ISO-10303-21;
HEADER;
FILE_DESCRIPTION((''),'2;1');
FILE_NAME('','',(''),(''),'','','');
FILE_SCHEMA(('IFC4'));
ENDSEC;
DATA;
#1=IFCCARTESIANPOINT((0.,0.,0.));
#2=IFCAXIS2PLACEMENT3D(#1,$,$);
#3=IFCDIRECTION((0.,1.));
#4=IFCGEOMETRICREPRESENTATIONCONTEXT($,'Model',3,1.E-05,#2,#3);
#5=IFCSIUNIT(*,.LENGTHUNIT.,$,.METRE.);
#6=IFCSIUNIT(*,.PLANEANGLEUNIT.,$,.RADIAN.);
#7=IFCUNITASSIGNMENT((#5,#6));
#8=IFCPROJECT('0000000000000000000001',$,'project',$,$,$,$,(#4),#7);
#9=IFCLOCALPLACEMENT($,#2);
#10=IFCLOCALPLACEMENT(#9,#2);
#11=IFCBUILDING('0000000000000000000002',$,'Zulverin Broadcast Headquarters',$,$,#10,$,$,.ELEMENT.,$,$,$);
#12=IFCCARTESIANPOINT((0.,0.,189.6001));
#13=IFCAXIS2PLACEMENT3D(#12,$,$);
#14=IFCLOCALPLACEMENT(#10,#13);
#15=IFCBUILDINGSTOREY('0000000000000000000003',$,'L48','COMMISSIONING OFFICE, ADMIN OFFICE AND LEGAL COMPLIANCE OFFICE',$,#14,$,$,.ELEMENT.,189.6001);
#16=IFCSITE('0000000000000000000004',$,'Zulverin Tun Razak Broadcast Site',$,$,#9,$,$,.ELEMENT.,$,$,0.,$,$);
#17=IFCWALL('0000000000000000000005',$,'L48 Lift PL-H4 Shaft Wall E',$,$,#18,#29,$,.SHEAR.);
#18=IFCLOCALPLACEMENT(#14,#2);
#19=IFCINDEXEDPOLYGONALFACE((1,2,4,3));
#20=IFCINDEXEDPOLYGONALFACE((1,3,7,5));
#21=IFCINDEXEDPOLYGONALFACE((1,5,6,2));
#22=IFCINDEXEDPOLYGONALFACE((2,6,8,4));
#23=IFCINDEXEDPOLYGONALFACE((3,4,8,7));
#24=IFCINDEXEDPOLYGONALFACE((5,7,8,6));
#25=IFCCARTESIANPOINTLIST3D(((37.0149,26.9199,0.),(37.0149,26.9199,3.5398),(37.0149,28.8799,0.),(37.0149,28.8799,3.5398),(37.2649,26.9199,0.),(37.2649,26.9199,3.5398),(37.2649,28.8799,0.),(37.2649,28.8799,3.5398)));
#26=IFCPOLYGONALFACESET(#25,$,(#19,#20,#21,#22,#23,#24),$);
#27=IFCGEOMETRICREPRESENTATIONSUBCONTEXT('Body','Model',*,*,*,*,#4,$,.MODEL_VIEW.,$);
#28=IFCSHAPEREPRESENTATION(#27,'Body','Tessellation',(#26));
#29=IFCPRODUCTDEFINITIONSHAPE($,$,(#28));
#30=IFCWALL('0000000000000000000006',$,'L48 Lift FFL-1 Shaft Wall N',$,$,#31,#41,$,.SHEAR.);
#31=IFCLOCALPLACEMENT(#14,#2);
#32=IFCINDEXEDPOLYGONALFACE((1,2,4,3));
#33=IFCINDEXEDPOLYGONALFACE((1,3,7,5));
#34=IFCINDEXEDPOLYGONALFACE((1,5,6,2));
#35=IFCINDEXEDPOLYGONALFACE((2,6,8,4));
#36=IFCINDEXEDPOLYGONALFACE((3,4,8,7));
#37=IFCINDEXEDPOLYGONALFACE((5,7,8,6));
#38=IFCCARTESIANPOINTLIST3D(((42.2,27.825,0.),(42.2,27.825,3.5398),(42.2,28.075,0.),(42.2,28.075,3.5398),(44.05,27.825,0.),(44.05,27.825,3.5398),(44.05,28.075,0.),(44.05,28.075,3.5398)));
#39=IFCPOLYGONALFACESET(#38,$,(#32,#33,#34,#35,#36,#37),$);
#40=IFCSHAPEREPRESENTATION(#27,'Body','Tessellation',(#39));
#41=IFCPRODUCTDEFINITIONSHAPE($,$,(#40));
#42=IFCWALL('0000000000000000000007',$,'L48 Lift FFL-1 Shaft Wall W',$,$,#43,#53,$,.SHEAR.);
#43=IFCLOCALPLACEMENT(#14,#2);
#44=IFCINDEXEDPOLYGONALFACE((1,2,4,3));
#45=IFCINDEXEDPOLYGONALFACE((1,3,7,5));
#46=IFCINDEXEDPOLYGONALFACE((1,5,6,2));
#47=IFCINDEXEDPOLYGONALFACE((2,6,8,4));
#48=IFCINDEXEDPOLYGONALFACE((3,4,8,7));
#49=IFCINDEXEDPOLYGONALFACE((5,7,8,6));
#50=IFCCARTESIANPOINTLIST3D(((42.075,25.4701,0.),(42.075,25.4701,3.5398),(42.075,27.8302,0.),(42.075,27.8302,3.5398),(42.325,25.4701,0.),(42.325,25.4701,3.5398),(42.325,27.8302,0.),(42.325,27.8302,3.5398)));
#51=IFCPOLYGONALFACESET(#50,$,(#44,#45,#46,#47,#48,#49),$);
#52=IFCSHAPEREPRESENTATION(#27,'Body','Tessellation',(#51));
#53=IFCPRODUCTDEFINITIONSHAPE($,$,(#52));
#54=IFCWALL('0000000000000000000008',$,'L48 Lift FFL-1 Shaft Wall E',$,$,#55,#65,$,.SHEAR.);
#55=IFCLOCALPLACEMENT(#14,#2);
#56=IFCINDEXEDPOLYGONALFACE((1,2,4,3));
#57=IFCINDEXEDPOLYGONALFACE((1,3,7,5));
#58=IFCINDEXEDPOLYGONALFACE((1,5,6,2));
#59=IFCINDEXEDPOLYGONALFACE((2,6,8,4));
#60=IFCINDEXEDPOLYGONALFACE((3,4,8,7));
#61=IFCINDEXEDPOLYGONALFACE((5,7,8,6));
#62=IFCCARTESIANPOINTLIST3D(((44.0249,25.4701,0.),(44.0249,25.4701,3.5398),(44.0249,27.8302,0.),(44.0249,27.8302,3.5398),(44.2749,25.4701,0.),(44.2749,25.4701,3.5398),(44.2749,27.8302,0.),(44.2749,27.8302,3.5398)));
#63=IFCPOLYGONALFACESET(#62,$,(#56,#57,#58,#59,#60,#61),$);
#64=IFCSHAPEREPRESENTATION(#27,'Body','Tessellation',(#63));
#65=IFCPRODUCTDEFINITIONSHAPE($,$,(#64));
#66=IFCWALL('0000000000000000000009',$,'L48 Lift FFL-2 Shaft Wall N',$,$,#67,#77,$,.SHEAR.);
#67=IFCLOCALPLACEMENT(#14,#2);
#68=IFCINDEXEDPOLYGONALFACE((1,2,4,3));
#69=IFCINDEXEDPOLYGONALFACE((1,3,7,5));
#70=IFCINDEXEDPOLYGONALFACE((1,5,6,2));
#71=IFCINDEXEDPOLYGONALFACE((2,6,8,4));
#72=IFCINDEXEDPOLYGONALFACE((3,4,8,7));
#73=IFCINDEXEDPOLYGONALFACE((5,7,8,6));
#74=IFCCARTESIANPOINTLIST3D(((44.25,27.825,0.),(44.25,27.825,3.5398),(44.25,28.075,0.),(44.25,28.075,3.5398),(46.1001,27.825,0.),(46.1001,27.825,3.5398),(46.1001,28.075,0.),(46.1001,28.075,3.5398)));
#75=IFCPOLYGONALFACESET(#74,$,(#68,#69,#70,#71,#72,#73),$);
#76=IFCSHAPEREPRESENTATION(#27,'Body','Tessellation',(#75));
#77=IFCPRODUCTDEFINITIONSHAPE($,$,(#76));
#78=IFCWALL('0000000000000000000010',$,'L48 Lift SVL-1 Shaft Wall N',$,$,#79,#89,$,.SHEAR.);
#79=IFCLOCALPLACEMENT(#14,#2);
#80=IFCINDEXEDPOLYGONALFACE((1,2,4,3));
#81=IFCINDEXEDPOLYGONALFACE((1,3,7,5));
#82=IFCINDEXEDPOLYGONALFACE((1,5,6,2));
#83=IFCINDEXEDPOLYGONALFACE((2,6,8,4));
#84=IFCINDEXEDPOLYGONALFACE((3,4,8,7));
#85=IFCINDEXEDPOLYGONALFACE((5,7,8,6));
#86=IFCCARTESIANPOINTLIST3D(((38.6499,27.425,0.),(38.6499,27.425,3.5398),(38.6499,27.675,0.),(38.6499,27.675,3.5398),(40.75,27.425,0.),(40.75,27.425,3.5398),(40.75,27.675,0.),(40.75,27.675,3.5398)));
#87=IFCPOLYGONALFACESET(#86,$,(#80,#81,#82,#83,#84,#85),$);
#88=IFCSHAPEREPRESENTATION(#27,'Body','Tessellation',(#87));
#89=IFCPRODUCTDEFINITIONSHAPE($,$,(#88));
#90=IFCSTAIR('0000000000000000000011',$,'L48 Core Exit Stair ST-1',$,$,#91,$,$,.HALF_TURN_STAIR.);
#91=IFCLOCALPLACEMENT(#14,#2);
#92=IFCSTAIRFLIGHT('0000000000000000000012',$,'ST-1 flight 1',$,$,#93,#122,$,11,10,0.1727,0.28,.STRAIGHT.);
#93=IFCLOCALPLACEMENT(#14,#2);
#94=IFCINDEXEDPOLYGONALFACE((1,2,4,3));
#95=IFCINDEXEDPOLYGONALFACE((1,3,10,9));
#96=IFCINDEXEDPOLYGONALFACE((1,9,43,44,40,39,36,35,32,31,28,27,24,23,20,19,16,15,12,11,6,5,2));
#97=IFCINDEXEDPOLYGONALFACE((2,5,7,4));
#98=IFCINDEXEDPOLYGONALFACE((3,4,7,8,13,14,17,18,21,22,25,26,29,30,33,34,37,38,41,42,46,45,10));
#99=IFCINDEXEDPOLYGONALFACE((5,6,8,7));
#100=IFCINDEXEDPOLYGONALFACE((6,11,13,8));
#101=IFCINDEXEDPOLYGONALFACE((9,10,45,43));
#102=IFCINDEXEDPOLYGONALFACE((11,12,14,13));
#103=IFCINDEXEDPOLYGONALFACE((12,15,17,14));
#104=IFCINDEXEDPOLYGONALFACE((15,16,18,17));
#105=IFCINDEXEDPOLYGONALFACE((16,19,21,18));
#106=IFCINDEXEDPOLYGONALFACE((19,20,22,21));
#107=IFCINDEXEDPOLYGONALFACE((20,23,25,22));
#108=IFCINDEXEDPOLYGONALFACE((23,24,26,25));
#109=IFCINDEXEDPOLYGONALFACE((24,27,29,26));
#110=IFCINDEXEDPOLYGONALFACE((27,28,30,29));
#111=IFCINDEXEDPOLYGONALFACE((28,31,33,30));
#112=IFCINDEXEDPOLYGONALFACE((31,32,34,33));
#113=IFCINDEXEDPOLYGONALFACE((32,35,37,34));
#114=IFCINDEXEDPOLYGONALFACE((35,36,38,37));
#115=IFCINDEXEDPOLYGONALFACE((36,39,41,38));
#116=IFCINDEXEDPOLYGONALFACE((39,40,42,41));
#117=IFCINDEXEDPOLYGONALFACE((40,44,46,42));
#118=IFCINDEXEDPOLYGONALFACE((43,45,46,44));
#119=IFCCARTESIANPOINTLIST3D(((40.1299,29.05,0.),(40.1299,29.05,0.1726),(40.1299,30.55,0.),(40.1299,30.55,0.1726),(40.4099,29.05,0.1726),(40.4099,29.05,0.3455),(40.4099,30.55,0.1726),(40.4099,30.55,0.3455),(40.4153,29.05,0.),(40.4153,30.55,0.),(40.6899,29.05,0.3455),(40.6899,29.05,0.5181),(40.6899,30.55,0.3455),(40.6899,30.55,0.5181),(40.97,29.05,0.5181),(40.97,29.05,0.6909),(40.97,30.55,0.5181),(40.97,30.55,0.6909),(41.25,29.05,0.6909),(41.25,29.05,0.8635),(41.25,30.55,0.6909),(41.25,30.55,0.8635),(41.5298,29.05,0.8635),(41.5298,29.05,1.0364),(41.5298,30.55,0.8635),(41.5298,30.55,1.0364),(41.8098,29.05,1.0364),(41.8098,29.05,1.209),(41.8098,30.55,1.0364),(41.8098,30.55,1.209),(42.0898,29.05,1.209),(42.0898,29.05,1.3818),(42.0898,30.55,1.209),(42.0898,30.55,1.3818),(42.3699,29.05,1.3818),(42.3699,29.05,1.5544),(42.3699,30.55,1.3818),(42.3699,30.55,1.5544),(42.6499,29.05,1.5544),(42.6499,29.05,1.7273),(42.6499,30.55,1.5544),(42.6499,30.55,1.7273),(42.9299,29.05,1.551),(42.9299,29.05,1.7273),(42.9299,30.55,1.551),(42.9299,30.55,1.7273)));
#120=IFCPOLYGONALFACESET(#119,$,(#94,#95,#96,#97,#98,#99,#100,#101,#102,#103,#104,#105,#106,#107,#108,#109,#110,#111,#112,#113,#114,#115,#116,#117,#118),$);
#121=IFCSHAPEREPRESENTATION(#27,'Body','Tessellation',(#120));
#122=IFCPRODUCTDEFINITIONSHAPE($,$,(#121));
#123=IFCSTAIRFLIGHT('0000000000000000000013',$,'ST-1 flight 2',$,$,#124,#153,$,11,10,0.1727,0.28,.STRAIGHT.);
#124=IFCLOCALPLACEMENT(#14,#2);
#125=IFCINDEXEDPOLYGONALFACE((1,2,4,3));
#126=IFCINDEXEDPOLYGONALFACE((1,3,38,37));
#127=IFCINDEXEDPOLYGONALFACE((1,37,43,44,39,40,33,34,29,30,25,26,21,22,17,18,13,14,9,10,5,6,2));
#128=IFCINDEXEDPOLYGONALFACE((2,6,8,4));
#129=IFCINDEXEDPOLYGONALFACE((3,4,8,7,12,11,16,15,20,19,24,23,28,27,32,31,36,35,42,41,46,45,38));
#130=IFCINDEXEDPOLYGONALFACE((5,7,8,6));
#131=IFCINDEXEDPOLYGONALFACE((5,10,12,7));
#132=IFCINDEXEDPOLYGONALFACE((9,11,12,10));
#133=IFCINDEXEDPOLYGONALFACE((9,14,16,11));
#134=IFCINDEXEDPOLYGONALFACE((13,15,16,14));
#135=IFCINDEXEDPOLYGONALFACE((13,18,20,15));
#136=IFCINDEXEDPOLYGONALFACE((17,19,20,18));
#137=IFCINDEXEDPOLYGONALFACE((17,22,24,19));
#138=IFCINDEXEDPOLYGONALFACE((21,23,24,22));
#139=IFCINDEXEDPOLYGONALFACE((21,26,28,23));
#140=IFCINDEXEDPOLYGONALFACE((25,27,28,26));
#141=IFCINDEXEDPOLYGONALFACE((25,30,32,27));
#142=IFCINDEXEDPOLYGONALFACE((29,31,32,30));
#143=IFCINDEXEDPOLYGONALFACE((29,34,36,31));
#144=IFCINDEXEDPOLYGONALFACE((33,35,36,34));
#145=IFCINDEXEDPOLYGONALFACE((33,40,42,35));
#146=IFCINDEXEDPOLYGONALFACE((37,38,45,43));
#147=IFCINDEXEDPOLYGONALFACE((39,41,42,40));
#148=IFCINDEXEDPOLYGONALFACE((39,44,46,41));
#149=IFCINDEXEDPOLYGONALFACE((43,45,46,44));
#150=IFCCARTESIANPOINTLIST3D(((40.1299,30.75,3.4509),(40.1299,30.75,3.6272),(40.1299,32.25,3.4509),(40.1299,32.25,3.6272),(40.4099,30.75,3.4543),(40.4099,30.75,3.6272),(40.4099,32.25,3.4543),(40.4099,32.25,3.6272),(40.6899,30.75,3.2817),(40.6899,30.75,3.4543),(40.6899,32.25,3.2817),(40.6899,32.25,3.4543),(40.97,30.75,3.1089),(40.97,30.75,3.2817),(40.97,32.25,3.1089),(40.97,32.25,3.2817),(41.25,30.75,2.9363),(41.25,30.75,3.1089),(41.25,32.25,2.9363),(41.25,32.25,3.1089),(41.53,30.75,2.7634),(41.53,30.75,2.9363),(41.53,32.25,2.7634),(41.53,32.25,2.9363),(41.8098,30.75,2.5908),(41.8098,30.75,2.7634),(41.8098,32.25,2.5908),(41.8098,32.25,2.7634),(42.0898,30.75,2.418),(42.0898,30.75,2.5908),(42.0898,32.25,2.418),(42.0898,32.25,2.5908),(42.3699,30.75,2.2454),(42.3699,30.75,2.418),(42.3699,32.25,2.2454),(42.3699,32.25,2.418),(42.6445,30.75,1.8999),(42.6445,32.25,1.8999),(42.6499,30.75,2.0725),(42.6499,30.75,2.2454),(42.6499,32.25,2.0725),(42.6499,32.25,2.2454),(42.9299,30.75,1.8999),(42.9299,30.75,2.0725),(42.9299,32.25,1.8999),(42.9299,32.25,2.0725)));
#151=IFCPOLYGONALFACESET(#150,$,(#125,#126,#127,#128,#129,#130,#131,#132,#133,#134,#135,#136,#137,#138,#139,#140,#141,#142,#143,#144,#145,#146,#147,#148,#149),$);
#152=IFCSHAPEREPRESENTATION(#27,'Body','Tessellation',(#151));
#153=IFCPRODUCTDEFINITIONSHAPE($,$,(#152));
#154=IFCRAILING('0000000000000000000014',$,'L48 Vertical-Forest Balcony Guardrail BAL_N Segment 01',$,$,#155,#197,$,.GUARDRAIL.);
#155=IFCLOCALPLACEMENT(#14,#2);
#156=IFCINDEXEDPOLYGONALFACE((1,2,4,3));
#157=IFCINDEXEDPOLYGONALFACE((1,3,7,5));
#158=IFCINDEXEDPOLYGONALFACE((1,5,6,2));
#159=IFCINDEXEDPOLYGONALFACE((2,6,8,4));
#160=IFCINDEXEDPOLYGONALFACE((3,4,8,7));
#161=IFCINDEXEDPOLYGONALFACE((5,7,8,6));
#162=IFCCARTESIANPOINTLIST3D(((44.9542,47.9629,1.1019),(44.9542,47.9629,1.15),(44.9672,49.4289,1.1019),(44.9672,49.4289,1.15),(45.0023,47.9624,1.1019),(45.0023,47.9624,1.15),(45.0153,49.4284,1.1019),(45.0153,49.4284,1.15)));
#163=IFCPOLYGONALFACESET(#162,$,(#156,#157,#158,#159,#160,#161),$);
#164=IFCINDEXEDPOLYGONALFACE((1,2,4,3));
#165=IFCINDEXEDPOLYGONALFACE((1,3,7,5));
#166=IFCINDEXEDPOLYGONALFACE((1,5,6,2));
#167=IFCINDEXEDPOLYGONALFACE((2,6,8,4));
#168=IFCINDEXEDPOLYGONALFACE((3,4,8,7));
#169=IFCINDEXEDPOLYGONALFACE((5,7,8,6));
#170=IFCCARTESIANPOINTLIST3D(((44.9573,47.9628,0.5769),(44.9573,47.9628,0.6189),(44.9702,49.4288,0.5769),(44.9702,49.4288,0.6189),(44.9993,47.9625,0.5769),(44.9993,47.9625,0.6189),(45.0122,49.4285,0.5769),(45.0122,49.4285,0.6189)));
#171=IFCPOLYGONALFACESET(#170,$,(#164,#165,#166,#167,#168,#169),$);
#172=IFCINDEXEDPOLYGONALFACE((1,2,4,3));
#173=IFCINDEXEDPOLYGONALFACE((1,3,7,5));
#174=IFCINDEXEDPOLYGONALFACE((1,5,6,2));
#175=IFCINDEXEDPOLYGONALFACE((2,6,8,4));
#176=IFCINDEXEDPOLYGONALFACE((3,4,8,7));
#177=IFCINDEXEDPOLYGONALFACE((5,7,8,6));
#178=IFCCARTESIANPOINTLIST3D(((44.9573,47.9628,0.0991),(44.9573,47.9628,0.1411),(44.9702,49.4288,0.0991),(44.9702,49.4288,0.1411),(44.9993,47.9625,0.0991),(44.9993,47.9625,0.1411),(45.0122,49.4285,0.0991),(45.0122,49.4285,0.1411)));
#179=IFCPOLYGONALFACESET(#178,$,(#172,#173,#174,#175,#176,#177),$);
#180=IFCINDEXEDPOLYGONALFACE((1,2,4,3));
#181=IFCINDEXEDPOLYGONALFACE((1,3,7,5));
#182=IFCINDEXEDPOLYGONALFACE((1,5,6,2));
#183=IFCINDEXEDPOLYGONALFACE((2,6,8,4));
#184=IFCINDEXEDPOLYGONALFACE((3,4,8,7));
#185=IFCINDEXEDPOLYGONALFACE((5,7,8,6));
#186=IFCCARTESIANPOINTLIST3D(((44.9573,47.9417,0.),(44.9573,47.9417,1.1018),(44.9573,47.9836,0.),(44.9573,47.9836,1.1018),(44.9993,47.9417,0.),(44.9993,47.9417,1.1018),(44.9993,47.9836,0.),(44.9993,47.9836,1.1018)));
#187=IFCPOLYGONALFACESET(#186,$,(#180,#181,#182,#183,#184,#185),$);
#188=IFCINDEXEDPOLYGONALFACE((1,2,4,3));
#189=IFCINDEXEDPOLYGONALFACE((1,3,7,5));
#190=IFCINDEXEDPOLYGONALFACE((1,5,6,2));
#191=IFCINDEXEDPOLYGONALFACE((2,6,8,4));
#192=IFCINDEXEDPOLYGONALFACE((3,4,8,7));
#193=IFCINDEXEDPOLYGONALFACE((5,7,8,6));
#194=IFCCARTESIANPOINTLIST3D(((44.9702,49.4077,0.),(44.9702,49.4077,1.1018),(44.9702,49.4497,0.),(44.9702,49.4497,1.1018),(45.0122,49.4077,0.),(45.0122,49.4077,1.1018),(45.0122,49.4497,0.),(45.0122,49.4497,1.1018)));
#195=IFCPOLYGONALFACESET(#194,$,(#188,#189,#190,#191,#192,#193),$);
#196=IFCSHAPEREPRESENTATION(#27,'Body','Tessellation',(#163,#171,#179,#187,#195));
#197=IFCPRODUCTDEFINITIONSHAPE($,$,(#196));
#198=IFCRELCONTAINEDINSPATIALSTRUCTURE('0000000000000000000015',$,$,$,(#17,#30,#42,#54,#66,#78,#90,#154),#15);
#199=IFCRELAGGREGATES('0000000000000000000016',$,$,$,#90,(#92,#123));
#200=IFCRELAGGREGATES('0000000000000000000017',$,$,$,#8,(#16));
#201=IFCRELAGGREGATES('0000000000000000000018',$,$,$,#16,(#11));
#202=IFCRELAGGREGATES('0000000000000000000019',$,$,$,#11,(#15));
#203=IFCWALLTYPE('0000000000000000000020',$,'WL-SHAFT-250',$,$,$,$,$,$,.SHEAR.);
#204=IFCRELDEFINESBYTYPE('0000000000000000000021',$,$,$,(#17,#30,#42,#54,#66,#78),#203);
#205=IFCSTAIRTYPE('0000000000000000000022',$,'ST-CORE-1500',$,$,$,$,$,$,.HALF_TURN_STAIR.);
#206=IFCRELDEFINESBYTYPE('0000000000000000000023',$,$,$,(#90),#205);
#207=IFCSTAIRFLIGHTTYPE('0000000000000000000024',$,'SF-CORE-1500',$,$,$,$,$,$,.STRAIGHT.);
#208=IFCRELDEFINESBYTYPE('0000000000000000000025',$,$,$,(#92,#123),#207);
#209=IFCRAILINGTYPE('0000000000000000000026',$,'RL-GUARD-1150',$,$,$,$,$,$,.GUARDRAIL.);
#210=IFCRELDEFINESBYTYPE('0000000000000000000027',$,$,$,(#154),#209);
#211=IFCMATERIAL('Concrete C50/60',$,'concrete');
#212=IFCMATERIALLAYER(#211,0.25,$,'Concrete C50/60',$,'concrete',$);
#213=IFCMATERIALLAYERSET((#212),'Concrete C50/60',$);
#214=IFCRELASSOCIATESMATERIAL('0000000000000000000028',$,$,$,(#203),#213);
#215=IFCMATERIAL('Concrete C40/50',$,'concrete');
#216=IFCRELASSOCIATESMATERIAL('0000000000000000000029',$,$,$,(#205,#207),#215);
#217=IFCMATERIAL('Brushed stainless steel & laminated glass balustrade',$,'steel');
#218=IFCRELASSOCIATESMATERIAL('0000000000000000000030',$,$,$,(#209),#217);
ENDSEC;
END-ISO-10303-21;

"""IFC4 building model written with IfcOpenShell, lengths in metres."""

from ifc_helpers import new_model, si_unit, direction, frame, frame_2d, origin, origin_2d, place, context, subcontext, project, spatial, polyline, rectangle, outline, extrude, material, layer, layer_set, type_object, element, aggregate, save


model = new_model("IFC4")

# Units and contexts
model_context = context("Model", 3, precision=1e-05, world=origin(), true_north=direction((0.0, 1.0)))
body_context = subcontext(model_context, "Body", "Model", "MODEL_VIEW")
ifc_project = project(units=[si_unit("LENGTHUNIT", "METRE"), si_unit("PLANEANGLEUNIT", "RADIAN")], contexts=[model_context])

# Site, building, storey
site_placement = place(None, origin())
site = spatial("IfcSite", under=ifc_project, at=site_placement, Name="Zulverin Tun Razak Broadcast Site", CompositionType="ELEMENT", RefElevation=0.0)
building_placement = place(site_placement, origin())
building = spatial("IfcBuilding", under=site, at=building_placement, Name="Zulverin Broadcast Headquarters", CompositionType="ELEMENT")
storey_placement = place(building_placement, frame((0.0, 0.0, 189.6001)))
storey = spatial("IfcBuildingStorey", under=building, at=storey_placement, Name="L48", Description="COMMISSIONING OFFICE, ADMIN OFFICE AND LEGAL COMPLIANCE OFFICE", CompositionType="ELEMENT", Elevation=189.6001)

# Shared definitions
ifc_material_1 = material(Name="Concrete C50/60", Category="concrete")

# Shared definitions
ifc_material_2 = material(Name="Concrete C40/50", Category="concrete")

# Shared definitions
ifc_layer_1 = layer(ifc_material_1, 0.25, Name="Concrete C50/60", Category="concrete")
ifc_layer_set_1 = layer_set([ifc_layer_1], Name="Concrete C50/60")
wall_type_1 = type_object("IfcWallType", Name="WL-SHAFT-250", PredefinedType="SHEAR", material=ifc_layer_set_1)

# Walls
wall_1_placement = place(storey_placement, frame((37.1399, 26.9199, 0.0), z_axis=(0.0, 0.0, 1.0), x_axis=(0.0, 1.0, 0.0)))
element("IfcWall", 1, at=wall_1_placement, inside=storey, type_object=wall_type_1, Name="L48 Lift PL-H4 Shaft Wall E", PredefinedType="SHEAR", context=body_context, shape_type="SweptSolid", body=[
    extrude(rectangle(XDim=1.96, YDim=0.25, at=frame_2d((0.98, 0.0))), origin(), (0.0, 0.0, 1.0), 3.5398),
])
wall_2_placement = place(storey_placement, frame((42.2, 27.95, 0.0), z_axis=(0.0, 0.0, 1.0), x_axis=(1.0, 0.0, 0.0)))
element("IfcWall", 2, at=wall_2_placement, inside=storey, type_object=wall_type_1, Name="L48 Lift FFL-1 Shaft Wall N", PredefinedType="SHEAR", context=body_context, shape_type="SweptSolid", body=[
    extrude(rectangle(XDim=1.8501, YDim=0.25, at=frame_2d((0.925, 0.0))), origin(), (0.0, 0.0, 1.0), 3.5398),
])
for number, where, z_axis, x_axis, name in (
    (3, (42.2, 25.47, 0.0), (0.0, 0.0, 1.0), (0.0, 1.0, 0.0), "L48 Lift FFL-1 Shaft Wall W"),
    (4, (44.1499, 25.47, 0.0), (0.0, 0.0, 1.0), (0.0, 1.0, 0.0), "L48 Lift FFL-1 Shaft Wall E"),
):
    element("IfcWall", number, at=place(storey_placement, frame(where, z_axis=z_axis, x_axis=x_axis)), inside=storey, type_object=wall_type_1, Name=name, PredefinedType="SHEAR", context=body_context, shape_type="SweptSolid", body=[
        extrude(rectangle(XDim=2.3601, YDim=0.25, at=frame_2d((1.1802, 0.0))), origin(), (0.0, 0.0, 1.0), 3.5398),
    ])
wall_3_placement = place(storey_placement, frame((44.25, 27.95, 0.0), z_axis=(0.0, 0.0, 1.0), x_axis=(1.0, 0.0, 0.0)))
element("IfcWall", 5, at=wall_3_placement, inside=storey, type_object=wall_type_1, Name="L48 Lift FFL-2 Shaft Wall N", PredefinedType="SHEAR", context=body_context, shape_type="SweptSolid", body=[
    extrude(rectangle(XDim=1.8501, YDim=0.25, at=frame_2d((0.925, 0.0))), origin(), (0.0, 0.0, 1.0), 3.5398),
])
wall_4_placement = place(storey_placement, frame((38.6499, 27.55, 0.0), z_axis=(0.0, 0.0, 1.0), x_axis=(1.0, 0.0, 0.0)))
element("IfcWall", 6, at=wall_4_placement, inside=storey, type_object=wall_type_1, Name="L48 Lift SVL-1 Shaft Wall N", PredefinedType="SHEAR", context=body_context, shape_type="SweptSolid", body=[
    extrude(rectangle(XDim=2.1001, YDim=0.25, at=frame_2d((1.05, 0.0))), origin(), (0.0, 0.0, 1.0), 3.5398),
])

# Stair, stair flights
stair_type = type_object("IfcStairType", Name="ST-CORE-1500", PredefinedType="HALF_TURN_STAIR", material=ifc_material_2)
stair_placement = place(storey_placement, origin())
stair = element("IfcStair", 7, at=stair_placement, inside=storey, type_object=stair_type, Name="L48 Core Exit Stair ST-1", PredefinedType="HALF_TURN_STAIR")
stair_flight_type = type_object("IfcStairFlightType", Name="SF-CORE-1500", PredefinedType="STRAIGHT", material=ifc_material_2)
stair_flight_1_placement = place(storey_placement, frame((40.1299, 29.8, 0.0), z_axis=(0.0, 0.0, 1.0), x_axis=(1.0, 0.0, 0.0)))
stair_flight_1 = element("IfcStairFlight", 8, at=stair_flight_1_placement, type_object=stair_flight_type, Name="ST-1 flight 1", NumberOfRisers=11, NumberOfTreads=10, PredefinedType="STRAIGHT", RiserHeight=0.1727, TreadLength=0.28, context=body_context, shape_type="SweptSolid", body=[
    extrude(outline(polyline([(0.0, 0.0), (0.0, 0.1726), (0.28, 0.1726), (0.28, 0.3455), (0.5601, 0.3455), (0.5601, 0.5181), (0.8401, 0.5181), (0.8401, 0.6909), (1.1201, 0.6909), (1.1201, 0.8635), (1.3999, 0.8635), (1.3999, 1.0364), (1.6799, 1.0364), (1.6799, 1.209), (1.96, 1.209), (1.96, 1.3818), (2.24, 1.3818), (2.24, 1.5544), (2.52, 1.5544), (2.52, 1.7273), (2.8, 1.7273), (2.8, 1.8999), (2.8, 1.551), (0.2854, 0.0), (0.0, 0.0)])), frame((0.0, 0.75, 0.0), z_axis=(0.0, -1.0, 0.0), x_axis=(1.0, 0.0, 0.0)), (0.0, 0.0, 1.0), 1.5),
])
stair_flight_2_placement = place(storey_placement, frame((42.9299, 31.5, 1.8999), z_axis=(0.0, 0.0, 1.0), x_axis=(-1.0, 0.0, 0.0)))
stair_flight_2 = element("IfcStairFlight", 9, at=stair_flight_2_placement, type_object=stair_flight_type, Name="ST-1 flight 2", NumberOfRisers=11, NumberOfTreads=10, PredefinedType="STRAIGHT", RiserHeight=0.1727, TreadLength=0.28, context=body_context, shape_type="SweptSolid", body=[
    extrude(outline(polyline([(0.0, 0.0), (0.0, 0.1726), (0.28, 0.1726), (0.28, 0.3455), (0.5601, 0.3455), (0.5601, 0.5181), (0.8401, 0.5181), (0.8401, 0.6909), (1.1201, 0.6909), (1.1201, 0.8635), (1.3999, 0.8635), (1.3999, 1.0364), (1.6799, 1.0364), (1.6799, 1.209), (1.96, 1.209), (1.96, 1.3818), (2.24, 1.3818), (2.24, 1.5544), (2.52, 1.5544), (2.52, 1.7273), (2.8, 1.7273), (2.8, 1.8999), (2.8, 1.551), (0.2854, 0.0), (0.0, 0.0)])), frame((0.0, 0.75, 0.0), z_axis=(0.0, -1.0, 0.0), x_axis=(1.0, 0.0, 0.0)), (0.0, 0.0, 1.0), 1.5),
])
aggregate(stair, [stair_flight_1, stair_flight_2])

# Railing
ifc_material_3 = material(Name="Brushed stainless steel & laminated glass balustrade", Category="steel")
railing_type_1 = type_object("IfcRailingType", Name="RL-GUARD-1150", PredefinedType="GUARDRAIL", material=ifc_material_3)
railing_1_placement = place(storey_placement, frame((44.9783, 47.9626, 0.0)))
element("IfcRailing", 10, at=railing_1_placement, inside=storey, type_object=railing_type_1, Name="L48 Vertical-Forest Balcony Guardrail BAL_N Segment 01", PredefinedType="GUARDRAIL", context=body_context, shape_type="SweptSolid", body=[
    extrude(rectangle(XDim=0.0481, YDim=0.0481, at=origin_2d()), frame((0.0, 0.0, 1.126), z_axis=(0.008826, 0.999961, 0.0), x_axis=(-0.999961, 0.008826, 0.0)), (0.0, 0.0, 1.0), 1.4661),
    extrude(rectangle(XDim=0.042, YDim=0.042, at=origin_2d()), frame((0.0, 0.0, 0.5979), z_axis=(0.008826, 0.999961, 0.0), x_axis=(-0.999961, 0.008826, 0.0)), (0.0, 0.0, 1.0), 1.4661),
    extrude(rectangle(XDim=0.042, YDim=0.042, at=origin_2d()), frame((0.0, 0.0, 0.1201), z_axis=(0.008826, 0.999961, 0.0), x_axis=(-0.999961, 0.008826, 0.0)), (0.0, 0.0, 1.0), 1.4661),
    extrude(rectangle(XDim=0.042, YDim=0.042, at=origin_2d()), origin(), (0.0, 0.0, 1.0), 1.1018),
    extrude(rectangle(XDim=0.042, YDim=0.042, at=origin_2d()), frame((0.0129, 1.4661, 0.0)), (0.0, 0.0, 1.0), 1.1018),
])

save(model, "model.ifc")
